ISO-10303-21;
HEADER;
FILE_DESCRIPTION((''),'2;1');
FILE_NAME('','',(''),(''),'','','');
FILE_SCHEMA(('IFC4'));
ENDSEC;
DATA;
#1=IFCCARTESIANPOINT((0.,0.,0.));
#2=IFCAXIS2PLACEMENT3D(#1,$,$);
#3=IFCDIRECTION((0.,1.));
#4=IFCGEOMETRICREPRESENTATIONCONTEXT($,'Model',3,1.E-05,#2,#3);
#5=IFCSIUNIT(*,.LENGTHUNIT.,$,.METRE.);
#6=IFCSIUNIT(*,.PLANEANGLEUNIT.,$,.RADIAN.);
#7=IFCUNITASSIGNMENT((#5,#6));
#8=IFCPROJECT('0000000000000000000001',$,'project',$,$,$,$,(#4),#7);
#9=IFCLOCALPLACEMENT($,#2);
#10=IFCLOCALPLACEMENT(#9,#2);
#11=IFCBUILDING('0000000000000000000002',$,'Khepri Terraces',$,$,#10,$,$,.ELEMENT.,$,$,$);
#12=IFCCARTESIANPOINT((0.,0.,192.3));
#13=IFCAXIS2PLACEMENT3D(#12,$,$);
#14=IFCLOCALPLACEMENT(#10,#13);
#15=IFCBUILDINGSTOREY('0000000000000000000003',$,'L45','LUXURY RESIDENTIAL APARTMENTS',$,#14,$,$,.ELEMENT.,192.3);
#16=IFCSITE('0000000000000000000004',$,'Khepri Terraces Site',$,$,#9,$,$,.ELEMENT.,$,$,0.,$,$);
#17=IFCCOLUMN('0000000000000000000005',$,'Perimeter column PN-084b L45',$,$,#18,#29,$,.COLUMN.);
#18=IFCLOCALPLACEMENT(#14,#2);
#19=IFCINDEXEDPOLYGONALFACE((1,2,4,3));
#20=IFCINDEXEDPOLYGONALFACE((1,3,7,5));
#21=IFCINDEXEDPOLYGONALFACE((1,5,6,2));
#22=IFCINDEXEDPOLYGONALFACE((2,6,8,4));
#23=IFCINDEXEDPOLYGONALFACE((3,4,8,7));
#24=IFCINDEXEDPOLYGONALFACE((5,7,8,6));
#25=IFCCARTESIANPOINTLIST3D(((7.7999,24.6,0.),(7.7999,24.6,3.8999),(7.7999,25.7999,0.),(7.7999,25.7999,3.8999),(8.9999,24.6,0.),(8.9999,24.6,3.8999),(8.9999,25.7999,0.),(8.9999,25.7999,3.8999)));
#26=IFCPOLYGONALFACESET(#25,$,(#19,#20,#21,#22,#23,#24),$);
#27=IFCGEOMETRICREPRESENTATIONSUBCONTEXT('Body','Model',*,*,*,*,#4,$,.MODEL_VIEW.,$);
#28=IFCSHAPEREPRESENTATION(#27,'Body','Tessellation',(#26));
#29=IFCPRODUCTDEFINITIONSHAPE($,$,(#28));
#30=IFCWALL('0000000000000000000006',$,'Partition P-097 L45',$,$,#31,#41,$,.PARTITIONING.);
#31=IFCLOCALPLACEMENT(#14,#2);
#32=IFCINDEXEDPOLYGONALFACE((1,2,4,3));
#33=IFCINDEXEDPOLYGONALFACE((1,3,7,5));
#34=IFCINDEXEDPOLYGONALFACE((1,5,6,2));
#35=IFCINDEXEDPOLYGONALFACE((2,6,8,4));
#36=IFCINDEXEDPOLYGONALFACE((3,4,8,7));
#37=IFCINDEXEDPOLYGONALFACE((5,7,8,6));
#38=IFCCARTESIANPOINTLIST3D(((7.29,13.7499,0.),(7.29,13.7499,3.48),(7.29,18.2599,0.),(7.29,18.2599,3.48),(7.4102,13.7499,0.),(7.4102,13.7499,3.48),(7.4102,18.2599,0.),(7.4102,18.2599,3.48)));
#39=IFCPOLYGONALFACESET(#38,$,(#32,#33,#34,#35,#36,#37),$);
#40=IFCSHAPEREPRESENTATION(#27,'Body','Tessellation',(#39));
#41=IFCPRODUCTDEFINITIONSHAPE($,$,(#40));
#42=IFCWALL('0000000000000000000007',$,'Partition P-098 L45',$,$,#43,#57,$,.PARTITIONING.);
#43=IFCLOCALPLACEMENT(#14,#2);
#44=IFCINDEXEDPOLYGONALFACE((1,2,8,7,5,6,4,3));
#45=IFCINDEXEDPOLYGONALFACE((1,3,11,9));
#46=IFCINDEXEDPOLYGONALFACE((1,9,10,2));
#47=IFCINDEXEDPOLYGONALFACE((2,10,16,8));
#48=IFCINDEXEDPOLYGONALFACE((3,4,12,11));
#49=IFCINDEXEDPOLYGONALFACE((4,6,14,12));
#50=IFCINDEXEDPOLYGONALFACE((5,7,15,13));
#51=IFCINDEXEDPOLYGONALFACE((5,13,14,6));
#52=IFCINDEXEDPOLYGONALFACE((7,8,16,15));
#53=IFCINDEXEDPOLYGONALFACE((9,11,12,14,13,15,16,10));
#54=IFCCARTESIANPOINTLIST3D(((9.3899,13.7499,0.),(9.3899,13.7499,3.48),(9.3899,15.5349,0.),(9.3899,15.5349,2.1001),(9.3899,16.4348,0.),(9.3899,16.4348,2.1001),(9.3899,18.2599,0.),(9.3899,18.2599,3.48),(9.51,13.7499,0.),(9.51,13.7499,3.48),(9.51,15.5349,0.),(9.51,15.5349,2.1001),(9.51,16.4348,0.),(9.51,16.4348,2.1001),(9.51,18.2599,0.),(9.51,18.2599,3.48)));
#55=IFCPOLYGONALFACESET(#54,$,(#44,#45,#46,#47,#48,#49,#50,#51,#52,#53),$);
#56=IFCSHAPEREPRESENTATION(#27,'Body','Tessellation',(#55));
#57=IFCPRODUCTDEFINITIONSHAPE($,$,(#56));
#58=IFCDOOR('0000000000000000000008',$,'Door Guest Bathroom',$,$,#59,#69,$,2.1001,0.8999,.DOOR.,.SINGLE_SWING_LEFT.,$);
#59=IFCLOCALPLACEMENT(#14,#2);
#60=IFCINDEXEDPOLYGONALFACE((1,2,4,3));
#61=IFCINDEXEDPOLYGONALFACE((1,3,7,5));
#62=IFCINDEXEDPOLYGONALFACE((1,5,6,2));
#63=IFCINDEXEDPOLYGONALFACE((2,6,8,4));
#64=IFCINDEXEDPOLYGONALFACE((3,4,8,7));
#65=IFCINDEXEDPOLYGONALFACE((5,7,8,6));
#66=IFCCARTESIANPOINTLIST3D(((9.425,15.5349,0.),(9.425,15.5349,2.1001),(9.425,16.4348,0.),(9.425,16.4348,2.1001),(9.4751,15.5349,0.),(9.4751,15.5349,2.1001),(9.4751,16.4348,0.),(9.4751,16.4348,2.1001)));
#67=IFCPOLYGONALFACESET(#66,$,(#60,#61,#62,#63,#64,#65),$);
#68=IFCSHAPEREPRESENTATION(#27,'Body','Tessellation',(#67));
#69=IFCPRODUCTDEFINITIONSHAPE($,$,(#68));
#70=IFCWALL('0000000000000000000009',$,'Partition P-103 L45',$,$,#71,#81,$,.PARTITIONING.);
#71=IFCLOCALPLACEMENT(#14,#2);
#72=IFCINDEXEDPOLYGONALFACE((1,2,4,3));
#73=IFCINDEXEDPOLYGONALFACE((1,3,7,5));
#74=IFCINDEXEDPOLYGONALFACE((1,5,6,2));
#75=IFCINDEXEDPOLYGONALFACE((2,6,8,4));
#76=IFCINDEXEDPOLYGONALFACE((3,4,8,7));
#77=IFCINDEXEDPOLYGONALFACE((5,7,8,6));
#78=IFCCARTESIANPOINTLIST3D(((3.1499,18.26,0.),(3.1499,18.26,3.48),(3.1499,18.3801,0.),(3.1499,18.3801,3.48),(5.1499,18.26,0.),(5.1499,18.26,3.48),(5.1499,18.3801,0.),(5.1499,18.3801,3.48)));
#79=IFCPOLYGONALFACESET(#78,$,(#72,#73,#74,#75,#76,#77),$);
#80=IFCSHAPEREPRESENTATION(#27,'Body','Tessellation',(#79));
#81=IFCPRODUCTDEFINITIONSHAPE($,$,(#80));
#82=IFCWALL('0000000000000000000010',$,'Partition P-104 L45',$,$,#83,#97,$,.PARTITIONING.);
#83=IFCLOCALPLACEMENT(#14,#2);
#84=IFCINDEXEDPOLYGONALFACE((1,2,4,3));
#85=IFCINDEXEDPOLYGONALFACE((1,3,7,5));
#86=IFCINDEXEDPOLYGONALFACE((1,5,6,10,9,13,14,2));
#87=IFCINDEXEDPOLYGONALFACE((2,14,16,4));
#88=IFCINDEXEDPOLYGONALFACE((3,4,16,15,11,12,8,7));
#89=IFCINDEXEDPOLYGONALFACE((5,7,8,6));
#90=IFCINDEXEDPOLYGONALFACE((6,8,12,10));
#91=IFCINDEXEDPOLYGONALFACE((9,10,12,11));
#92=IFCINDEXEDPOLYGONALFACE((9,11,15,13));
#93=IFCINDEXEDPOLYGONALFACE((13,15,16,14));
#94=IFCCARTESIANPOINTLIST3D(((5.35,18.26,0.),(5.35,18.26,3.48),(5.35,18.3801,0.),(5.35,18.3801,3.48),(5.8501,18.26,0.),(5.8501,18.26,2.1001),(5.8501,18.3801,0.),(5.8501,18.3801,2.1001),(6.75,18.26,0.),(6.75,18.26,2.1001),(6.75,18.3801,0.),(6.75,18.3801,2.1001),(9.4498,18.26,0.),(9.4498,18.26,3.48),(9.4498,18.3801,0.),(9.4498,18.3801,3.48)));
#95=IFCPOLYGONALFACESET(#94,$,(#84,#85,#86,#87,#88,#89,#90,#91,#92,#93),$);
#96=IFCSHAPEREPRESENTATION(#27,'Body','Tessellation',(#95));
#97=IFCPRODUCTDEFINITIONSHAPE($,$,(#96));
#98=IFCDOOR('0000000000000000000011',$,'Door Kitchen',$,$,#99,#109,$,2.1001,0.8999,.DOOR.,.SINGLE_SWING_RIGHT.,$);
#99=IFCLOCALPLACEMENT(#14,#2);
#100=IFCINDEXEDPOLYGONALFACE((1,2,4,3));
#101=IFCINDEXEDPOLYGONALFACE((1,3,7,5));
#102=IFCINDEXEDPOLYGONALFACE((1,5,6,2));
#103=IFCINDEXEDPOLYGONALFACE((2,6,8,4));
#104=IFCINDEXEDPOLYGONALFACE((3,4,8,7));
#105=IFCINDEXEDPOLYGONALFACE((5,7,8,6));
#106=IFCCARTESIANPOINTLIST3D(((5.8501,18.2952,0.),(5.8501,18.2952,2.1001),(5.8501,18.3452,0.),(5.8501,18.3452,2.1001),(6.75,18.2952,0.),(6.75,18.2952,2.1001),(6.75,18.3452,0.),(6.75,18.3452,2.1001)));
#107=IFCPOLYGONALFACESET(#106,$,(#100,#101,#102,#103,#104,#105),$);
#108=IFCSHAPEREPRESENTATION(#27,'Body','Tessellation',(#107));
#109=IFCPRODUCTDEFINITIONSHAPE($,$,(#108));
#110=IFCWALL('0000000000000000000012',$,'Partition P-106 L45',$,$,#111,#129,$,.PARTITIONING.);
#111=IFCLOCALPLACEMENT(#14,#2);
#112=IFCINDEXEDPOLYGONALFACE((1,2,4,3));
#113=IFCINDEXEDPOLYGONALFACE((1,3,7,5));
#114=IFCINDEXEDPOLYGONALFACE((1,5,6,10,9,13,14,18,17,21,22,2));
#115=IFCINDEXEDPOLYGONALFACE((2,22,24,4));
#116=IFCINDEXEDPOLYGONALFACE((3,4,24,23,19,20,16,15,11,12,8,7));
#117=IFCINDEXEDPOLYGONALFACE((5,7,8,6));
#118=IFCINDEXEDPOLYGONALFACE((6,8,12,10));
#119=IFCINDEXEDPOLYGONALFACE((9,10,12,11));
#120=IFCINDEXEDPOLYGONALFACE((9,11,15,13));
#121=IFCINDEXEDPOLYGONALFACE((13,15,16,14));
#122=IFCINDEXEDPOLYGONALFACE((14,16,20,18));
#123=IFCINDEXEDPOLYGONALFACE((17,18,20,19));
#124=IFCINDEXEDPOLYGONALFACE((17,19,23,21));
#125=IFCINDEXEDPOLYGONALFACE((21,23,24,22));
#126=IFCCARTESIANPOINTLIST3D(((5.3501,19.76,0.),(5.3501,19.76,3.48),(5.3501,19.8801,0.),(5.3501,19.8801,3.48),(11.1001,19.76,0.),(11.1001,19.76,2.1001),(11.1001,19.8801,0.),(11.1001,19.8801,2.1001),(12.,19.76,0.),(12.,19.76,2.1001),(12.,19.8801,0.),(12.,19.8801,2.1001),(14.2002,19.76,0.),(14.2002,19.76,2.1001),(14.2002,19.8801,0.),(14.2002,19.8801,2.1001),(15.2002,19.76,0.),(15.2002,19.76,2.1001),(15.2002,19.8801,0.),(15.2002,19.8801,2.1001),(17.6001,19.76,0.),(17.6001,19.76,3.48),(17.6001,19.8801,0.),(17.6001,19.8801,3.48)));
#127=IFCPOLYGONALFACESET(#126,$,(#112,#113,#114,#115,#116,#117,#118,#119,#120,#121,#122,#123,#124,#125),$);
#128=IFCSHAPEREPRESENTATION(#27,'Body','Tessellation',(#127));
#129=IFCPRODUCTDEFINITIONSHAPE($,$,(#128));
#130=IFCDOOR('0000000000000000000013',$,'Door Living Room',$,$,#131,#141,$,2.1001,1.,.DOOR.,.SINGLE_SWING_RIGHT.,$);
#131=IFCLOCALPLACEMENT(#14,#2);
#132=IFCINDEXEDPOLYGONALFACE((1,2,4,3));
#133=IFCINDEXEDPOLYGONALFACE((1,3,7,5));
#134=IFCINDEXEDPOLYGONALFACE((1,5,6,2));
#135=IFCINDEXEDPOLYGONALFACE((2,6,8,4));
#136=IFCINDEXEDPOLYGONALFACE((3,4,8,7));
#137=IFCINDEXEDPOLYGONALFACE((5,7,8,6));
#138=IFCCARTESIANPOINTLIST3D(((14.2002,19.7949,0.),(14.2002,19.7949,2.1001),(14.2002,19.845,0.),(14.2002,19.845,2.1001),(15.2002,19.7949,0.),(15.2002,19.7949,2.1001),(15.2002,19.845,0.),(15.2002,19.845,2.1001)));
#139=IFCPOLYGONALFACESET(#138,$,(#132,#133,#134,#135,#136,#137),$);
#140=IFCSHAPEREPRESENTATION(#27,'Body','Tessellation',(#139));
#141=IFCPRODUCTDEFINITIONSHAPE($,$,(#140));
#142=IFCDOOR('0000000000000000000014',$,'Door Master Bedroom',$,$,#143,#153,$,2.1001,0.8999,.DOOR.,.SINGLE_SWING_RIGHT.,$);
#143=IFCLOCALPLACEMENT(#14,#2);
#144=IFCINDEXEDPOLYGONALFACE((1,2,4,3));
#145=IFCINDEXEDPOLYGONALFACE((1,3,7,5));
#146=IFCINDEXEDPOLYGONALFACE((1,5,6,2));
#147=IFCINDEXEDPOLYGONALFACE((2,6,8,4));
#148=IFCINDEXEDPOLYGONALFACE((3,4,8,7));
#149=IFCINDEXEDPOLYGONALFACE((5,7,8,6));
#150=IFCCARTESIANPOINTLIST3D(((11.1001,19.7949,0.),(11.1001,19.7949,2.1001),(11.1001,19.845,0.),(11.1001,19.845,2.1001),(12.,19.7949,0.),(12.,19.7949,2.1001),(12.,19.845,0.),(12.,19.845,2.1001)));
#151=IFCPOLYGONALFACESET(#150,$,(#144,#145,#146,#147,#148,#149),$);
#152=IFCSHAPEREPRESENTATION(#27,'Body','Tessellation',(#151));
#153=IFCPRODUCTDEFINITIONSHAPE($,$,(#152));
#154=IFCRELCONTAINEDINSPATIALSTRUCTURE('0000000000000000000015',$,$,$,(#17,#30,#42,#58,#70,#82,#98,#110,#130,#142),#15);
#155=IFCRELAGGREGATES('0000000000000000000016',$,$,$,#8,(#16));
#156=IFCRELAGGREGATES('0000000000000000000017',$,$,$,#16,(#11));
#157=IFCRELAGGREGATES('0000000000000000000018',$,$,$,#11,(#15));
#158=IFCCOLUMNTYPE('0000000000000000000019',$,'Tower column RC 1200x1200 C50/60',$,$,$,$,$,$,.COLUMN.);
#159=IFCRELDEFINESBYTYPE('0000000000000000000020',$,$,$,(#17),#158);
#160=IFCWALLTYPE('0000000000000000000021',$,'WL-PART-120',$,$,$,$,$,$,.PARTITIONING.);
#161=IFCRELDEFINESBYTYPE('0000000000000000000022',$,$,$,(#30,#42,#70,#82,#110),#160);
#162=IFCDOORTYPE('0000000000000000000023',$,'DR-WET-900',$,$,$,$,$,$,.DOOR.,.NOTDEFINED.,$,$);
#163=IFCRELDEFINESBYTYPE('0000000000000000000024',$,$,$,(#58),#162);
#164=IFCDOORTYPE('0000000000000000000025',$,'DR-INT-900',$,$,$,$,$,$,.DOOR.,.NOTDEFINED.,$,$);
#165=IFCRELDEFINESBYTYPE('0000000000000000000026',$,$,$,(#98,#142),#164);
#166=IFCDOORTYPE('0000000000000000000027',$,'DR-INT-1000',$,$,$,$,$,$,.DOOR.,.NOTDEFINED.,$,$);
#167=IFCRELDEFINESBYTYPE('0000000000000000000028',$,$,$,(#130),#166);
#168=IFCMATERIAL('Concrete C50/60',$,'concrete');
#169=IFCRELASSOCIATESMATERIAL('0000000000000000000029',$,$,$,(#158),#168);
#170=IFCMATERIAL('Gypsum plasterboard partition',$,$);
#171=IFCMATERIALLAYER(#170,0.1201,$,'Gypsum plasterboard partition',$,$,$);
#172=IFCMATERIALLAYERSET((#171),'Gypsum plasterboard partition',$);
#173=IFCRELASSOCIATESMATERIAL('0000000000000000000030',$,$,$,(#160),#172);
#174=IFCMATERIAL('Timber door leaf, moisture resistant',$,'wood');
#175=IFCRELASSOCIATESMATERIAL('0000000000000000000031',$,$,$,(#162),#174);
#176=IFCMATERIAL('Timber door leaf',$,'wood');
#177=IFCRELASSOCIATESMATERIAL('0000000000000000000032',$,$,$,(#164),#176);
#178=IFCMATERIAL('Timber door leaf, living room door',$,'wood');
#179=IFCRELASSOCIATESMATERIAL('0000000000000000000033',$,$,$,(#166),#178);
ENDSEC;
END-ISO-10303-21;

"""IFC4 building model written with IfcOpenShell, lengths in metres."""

from ifc_helpers import new_model, si_unit, direction, frame, frame_2d, origin, origin_2d, place, context, subcontext, project, spatial, rectangle, extrude, material, layer, layer_set, material_profile, profile_set, type_object, element, fill, save


model = new_model("IFC4")

# Units and contexts
model_context = context("Model", 3, precision=1e-05, world=origin(), true_north=direction((0.0, 1.0)))
body_context = subcontext(model_context, "Body", "Model", "MODEL_VIEW")
ifc_project = project(units=[si_unit("LENGTHUNIT", "METRE"), si_unit("PLANEANGLEUNIT", "RADIAN")], contexts=[model_context])

# Site, building, storey
site_placement = place(None, origin())
site = spatial("IfcSite", under=ifc_project, at=site_placement, Name="Khepri Terraces Site", CompositionType="ELEMENT", RefElevation=0.0)
building_placement = place(site_placement, origin())
building = spatial("IfcBuilding", under=site, at=building_placement, Name="Khepri Terraces", CompositionType="ELEMENT")
storey_placement = place(building_placement, frame((0.0, 0.0, 192.3)))
storey = spatial("IfcBuildingStorey", under=building, at=storey_placement, Name="L45", Description="LUXURY RESIDENTIAL APARTMENTS", CompositionType="ELEMENT", Elevation=192.3)

# Column
ifc_material_1 = material(Name="Concrete C50/60", Category="concrete")
ifc_material_profile = material_profile(ifc_material_1, rectangle(XDim=1.2, YDim=1.2, at=origin_2d()), Name="Concrete C50/60", Category="concrete")
ifc_profile_set = profile_set([ifc_material_profile], Name="Concrete C50/60")
column_type = type_object("IfcColumnType", Name="Tower column RC 1200x1200 C50/60", PredefinedType="COLUMN", material=ifc_profile_set)
column_placement = place(storey_placement, frame((8.3999, 25.2, 0.0), z_axis=(0.0, 0.0, 1.0), x_axis=(1.0, 0.0, 0.0)))
element("IfcColumn", 1, at=column_placement, inside=storey, type_object=column_type, Name="Perimeter column PN-084b L45", PredefinedType="COLUMN", context=body_context, shape_type="SweptSolid", body=[
    extrude(rectangle(XDim=1.2, YDim=1.2, at=origin_2d()), origin(), (0.0, 0.0, 1.0), 3.8999),
])

# Wall
ifc_material_2 = material(Name="Gypsum plasterboard partition")
ifc_layer_1 = layer(ifc_material_2, 0.1201, Name="Gypsum plasterboard partition")
ifc_layer_set_1 = layer_set([ifc_layer_1], Name="Gypsum plasterboard partition")
wall_type_1 = type_object("IfcWallType", Name="WL-PART-120", PredefinedType="PARTITIONING", material=ifc_layer_set_1)
wall_1_placement = place(storey_placement, frame((7.3501, 13.75, 0.0), z_axis=(0.0, 0.0, 1.0), x_axis=(0.0, 1.0, 0.0)))
element("IfcWall", 2, at=wall_1_placement, inside=storey, type_object=wall_type_1, Name="Partition P-097 L45", PredefinedType="PARTITIONING", context=body_context, shape_type="SweptSolid", body=[
    extrude(rectangle(XDim=4.51, YDim=0.1201, at=frame_2d((2.2549, 0.0))), origin(), (0.0, 0.0, 1.0), 3.48),
])

# Wall, opening, door
wall_2_placement = place(storey_placement, frame((9.45, 13.75, 0.0), z_axis=(0.0, 0.0, 1.0), x_axis=(0.0, 1.0, 0.0)))
wall_2 = element("IfcWall", 3, at=wall_2_placement, inside=storey, type_object=wall_type_1, Name="Partition P-098 L45", PredefinedType="PARTITIONING", context=body_context, shape_type="SweptSolid", body=[
    extrude(rectangle(XDim=4.51, YDim=0.1201, at=frame_2d((2.2549, 0.0))), origin(), (0.0, 0.0, 1.0), 3.48),
])
opening_1_placement = place(wall_2_placement, frame((1.7849, 0.0, 0.0)))
opening_1 = element("IfcOpeningElement", 4, at=opening_1_placement, cuts=wall_2, PredefinedType="OPENING", context=body_context, shape_type="SweptSolid", body=[
    extrude(rectangle(XDim=0.8999, YDim=2.1001, at=frame_2d((0.45, 1.05))), frame((0.0, 0.0701, 0.0), z_axis=(0.0, -1.0, 0.0), x_axis=(1.0, 0.0, 0.0)), (0.0, 0.0, 1.0), 0.1401),
])
ifc_material_3 = material(Name="Timber door leaf, moisture resistant", Category="wood")
door_type_1 = type_object("IfcDoorType", Name="DR-WET-900", OperationType="NOTDEFINED", PredefinedType="DOOR", material=ifc_material_3)
door_1_placement = place(opening_1_placement, origin())
door_1 = element("IfcDoor", 5, at=door_1_placement, inside=storey, type_object=door_type_1, Name="Door Guest Bathroom", OperationType="SINGLE_SWING_LEFT", OverallHeight=2.1001, OverallWidth=0.8999, PredefinedType="DOOR", context=body_context, shape_type="SweptSolid", body=[
    extrude(rectangle(XDim=0.8999, YDim=2.1001, at=frame_2d((0.45, 1.05))), frame((0.0, 0.0249, 0.0), z_axis=(0.0, -1.0, 0.0), x_axis=(1.0, 0.0, 0.0)), (0.0, 0.0, 1.0), 0.05),
])
fill(opening_1, door_1)

# Wall
wall_3_placement = place(storey_placement, frame((3.1499, 18.3201, 0.0), z_axis=(0.0, 0.0, 1.0), x_axis=(1.0, 0.0, 0.0)))
element("IfcWall", 6, at=wall_3_placement, inside=storey, type_object=wall_type_1, Name="Partition P-103 L45", PredefinedType="PARTITIONING", context=body_context, shape_type="SweptSolid", body=[
    extrude(rectangle(XDim=2.0, YDim=0.1201, at=frame_2d((1.0, 0.0))), origin(), (0.0, 0.0, 1.0), 3.48),
])

# Wall, opening, door
wall_4_placement = place(storey_placement, frame((5.3501, 18.3201, 0.0), z_axis=(0.0, 0.0, 1.0), x_axis=(1.0, 0.0, 0.0)))
wall_4 = element("IfcWall", 7, at=wall_4_placement, inside=storey, type_object=wall_type_1, Name="Partition P-104 L45", PredefinedType="PARTITIONING", context=body_context, shape_type="SweptSolid", body=[
    extrude(rectangle(XDim=4.0999, YDim=0.1201, at=frame_2d((2.0498, 0.0))), origin(), (0.0, 0.0, 1.0), 3.48),
])
opening_2_placement = place(wall_4_placement, frame((0.5, 0.0, 0.0)))
opening_2 = element("IfcOpeningElement", 8, at=opening_2_placement, cuts=wall_4, PredefinedType="OPENING", context=body_context, shape_type="SweptSolid", body=[
    extrude(rectangle(XDim=0.8999, YDim=2.1001, at=frame_2d((0.45, 1.05))), frame((0.0, 0.0701, 0.0), z_axis=(0.0, -1.0, 0.0), x_axis=(1.0, 0.0, 0.0)), (0.0, 0.0, 1.0), 0.1401),
])
ifc_material_4 = material(Name="Timber door leaf", Category="wood")
door_type_2 = type_object("IfcDoorType", Name="DR-INT-900", OperationType="NOTDEFINED", PredefinedType="DOOR", material=ifc_material_4)
door_2_placement = place(opening_2_placement, frame((0.8999, 0.0, 0.0), z_axis=(0.0, 0.0, 1.0), x_axis=(-1.0, 0.0, 0.0)))
door_2 = element("IfcDoor", 9, at=door_2_placement, inside=storey, type_object=door_type_2, Name="Door Kitchen", OperationType="SINGLE_SWING_RIGHT", OverallHeight=2.1001, OverallWidth=0.8999, PredefinedType="DOOR", context=body_context, shape_type="SweptSolid", body=[
    extrude(rectangle(XDim=0.8999, YDim=2.1001, at=frame_2d((0.45, 1.05))), frame((0.0, 0.0249, 0.0), z_axis=(0.0, -1.0, 0.0), x_axis=(1.0, 0.0, 0.0)), (0.0, 0.0, 1.0), 0.05),
])
fill(opening_2, door_2)

# Wall, openings, doors
wall_5_placement = place(storey_placement, frame((5.3501, 19.8201, 0.0), z_axis=(0.0, 0.0, 1.0), x_axis=(1.0, 0.0, 0.0)))
wall_5 = element("IfcWall", 10, at=wall_5_placement, inside=storey, type_object=wall_type_1, Name="Partition P-106 L45", PredefinedType="PARTITIONING", context=body_context, shape_type="SweptSolid", body=[
    extrude(rectangle(XDim=12.25, YDim=0.1201, at=frame_2d((6.125, 0.0))), origin(), (0.0, 0.0, 1.0), 3.48),
])
opening_3_placement = place(wall_5_placement, frame((8.8501, 0.0, 0.0)))
opening_3 = element("IfcOpeningElement", 11, at=opening_3_placement, cuts=wall_5, PredefinedType="OPENING", context=body_context, shape_type="SweptSolid", body=[
    extrude(rectangle(XDim=1.0, YDim=2.1001, at=frame_2d((0.5, 1.05))), frame((0.0, 0.0701, 0.0), z_axis=(0.0, -1.0, 0.0), x_axis=(1.0, 0.0, 0.0)), (0.0, 0.0, 1.0), 0.1401),
])
opening_4_placement = place(wall_5_placement, frame((5.75, 0.0, 0.0)))
opening_4 = element("IfcOpeningElement", 12, at=opening_4_placement, cuts=wall_5, PredefinedType="OPENING", context=body_context, shape_type="SweptSolid", body=[
    extrude(rectangle(XDim=0.8999, YDim=2.1001, at=frame_2d((0.45, 1.05))), frame((0.0, 0.0701, 0.0), z_axis=(0.0, -1.0, 0.0), x_axis=(1.0, 0.0, 0.0)), (0.0, 0.0, 1.0), 0.1401),
])
ifc_material_5 = material(Name="Timber door leaf, living room door", Category="wood")
door_type_3 = type_object("IfcDoorType", Name="DR-INT-1000", OperationType="NOTDEFINED", PredefinedType="DOOR", material=ifc_material_5)
door_3_placement = place(opening_3_placement, origin())
door_3 = element("IfcDoor", 13, at=door_3_placement, inside=storey, type_object=door_type_3, Name="Door Living Room", OperationType="SINGLE_SWING_RIGHT", OverallHeight=2.1001, OverallWidth=1.0, PredefinedType="DOOR", context=body_context, shape_type="SweptSolid", body=[
    extrude(rectangle(XDim=1.0, YDim=2.1001, at=frame_2d((0.5, 1.05))), frame((0.0, 0.0249, 0.0), z_axis=(0.0, -1.0, 0.0), x_axis=(1.0, 0.0, 0.0)), (0.0, 0.0, 1.0), 0.05),
])
fill(opening_3, door_3)
door_4_placement = place(opening_4_placement, origin())
door_4 = element("IfcDoor", 14, at=door_4_placement, inside=storey, type_object=door_type_2, Name="Door Master Bedroom", OperationType="SINGLE_SWING_RIGHT", OverallHeight=2.1001, OverallWidth=0.8999, PredefinedType="DOOR", context=body_context, shape_type="SweptSolid", body=[
    extrude(rectangle(XDim=0.8999, YDim=2.1001, at=frame_2d((0.45, 1.05))), frame((0.0, 0.0249, 0.0), z_axis=(0.0, -1.0, 0.0), x_axis=(1.0, 0.0, 0.0)), (0.0, 0.0, 1.0), 0.05),
])
fill(opening_4, door_4)

save(model, "model.ifc")
